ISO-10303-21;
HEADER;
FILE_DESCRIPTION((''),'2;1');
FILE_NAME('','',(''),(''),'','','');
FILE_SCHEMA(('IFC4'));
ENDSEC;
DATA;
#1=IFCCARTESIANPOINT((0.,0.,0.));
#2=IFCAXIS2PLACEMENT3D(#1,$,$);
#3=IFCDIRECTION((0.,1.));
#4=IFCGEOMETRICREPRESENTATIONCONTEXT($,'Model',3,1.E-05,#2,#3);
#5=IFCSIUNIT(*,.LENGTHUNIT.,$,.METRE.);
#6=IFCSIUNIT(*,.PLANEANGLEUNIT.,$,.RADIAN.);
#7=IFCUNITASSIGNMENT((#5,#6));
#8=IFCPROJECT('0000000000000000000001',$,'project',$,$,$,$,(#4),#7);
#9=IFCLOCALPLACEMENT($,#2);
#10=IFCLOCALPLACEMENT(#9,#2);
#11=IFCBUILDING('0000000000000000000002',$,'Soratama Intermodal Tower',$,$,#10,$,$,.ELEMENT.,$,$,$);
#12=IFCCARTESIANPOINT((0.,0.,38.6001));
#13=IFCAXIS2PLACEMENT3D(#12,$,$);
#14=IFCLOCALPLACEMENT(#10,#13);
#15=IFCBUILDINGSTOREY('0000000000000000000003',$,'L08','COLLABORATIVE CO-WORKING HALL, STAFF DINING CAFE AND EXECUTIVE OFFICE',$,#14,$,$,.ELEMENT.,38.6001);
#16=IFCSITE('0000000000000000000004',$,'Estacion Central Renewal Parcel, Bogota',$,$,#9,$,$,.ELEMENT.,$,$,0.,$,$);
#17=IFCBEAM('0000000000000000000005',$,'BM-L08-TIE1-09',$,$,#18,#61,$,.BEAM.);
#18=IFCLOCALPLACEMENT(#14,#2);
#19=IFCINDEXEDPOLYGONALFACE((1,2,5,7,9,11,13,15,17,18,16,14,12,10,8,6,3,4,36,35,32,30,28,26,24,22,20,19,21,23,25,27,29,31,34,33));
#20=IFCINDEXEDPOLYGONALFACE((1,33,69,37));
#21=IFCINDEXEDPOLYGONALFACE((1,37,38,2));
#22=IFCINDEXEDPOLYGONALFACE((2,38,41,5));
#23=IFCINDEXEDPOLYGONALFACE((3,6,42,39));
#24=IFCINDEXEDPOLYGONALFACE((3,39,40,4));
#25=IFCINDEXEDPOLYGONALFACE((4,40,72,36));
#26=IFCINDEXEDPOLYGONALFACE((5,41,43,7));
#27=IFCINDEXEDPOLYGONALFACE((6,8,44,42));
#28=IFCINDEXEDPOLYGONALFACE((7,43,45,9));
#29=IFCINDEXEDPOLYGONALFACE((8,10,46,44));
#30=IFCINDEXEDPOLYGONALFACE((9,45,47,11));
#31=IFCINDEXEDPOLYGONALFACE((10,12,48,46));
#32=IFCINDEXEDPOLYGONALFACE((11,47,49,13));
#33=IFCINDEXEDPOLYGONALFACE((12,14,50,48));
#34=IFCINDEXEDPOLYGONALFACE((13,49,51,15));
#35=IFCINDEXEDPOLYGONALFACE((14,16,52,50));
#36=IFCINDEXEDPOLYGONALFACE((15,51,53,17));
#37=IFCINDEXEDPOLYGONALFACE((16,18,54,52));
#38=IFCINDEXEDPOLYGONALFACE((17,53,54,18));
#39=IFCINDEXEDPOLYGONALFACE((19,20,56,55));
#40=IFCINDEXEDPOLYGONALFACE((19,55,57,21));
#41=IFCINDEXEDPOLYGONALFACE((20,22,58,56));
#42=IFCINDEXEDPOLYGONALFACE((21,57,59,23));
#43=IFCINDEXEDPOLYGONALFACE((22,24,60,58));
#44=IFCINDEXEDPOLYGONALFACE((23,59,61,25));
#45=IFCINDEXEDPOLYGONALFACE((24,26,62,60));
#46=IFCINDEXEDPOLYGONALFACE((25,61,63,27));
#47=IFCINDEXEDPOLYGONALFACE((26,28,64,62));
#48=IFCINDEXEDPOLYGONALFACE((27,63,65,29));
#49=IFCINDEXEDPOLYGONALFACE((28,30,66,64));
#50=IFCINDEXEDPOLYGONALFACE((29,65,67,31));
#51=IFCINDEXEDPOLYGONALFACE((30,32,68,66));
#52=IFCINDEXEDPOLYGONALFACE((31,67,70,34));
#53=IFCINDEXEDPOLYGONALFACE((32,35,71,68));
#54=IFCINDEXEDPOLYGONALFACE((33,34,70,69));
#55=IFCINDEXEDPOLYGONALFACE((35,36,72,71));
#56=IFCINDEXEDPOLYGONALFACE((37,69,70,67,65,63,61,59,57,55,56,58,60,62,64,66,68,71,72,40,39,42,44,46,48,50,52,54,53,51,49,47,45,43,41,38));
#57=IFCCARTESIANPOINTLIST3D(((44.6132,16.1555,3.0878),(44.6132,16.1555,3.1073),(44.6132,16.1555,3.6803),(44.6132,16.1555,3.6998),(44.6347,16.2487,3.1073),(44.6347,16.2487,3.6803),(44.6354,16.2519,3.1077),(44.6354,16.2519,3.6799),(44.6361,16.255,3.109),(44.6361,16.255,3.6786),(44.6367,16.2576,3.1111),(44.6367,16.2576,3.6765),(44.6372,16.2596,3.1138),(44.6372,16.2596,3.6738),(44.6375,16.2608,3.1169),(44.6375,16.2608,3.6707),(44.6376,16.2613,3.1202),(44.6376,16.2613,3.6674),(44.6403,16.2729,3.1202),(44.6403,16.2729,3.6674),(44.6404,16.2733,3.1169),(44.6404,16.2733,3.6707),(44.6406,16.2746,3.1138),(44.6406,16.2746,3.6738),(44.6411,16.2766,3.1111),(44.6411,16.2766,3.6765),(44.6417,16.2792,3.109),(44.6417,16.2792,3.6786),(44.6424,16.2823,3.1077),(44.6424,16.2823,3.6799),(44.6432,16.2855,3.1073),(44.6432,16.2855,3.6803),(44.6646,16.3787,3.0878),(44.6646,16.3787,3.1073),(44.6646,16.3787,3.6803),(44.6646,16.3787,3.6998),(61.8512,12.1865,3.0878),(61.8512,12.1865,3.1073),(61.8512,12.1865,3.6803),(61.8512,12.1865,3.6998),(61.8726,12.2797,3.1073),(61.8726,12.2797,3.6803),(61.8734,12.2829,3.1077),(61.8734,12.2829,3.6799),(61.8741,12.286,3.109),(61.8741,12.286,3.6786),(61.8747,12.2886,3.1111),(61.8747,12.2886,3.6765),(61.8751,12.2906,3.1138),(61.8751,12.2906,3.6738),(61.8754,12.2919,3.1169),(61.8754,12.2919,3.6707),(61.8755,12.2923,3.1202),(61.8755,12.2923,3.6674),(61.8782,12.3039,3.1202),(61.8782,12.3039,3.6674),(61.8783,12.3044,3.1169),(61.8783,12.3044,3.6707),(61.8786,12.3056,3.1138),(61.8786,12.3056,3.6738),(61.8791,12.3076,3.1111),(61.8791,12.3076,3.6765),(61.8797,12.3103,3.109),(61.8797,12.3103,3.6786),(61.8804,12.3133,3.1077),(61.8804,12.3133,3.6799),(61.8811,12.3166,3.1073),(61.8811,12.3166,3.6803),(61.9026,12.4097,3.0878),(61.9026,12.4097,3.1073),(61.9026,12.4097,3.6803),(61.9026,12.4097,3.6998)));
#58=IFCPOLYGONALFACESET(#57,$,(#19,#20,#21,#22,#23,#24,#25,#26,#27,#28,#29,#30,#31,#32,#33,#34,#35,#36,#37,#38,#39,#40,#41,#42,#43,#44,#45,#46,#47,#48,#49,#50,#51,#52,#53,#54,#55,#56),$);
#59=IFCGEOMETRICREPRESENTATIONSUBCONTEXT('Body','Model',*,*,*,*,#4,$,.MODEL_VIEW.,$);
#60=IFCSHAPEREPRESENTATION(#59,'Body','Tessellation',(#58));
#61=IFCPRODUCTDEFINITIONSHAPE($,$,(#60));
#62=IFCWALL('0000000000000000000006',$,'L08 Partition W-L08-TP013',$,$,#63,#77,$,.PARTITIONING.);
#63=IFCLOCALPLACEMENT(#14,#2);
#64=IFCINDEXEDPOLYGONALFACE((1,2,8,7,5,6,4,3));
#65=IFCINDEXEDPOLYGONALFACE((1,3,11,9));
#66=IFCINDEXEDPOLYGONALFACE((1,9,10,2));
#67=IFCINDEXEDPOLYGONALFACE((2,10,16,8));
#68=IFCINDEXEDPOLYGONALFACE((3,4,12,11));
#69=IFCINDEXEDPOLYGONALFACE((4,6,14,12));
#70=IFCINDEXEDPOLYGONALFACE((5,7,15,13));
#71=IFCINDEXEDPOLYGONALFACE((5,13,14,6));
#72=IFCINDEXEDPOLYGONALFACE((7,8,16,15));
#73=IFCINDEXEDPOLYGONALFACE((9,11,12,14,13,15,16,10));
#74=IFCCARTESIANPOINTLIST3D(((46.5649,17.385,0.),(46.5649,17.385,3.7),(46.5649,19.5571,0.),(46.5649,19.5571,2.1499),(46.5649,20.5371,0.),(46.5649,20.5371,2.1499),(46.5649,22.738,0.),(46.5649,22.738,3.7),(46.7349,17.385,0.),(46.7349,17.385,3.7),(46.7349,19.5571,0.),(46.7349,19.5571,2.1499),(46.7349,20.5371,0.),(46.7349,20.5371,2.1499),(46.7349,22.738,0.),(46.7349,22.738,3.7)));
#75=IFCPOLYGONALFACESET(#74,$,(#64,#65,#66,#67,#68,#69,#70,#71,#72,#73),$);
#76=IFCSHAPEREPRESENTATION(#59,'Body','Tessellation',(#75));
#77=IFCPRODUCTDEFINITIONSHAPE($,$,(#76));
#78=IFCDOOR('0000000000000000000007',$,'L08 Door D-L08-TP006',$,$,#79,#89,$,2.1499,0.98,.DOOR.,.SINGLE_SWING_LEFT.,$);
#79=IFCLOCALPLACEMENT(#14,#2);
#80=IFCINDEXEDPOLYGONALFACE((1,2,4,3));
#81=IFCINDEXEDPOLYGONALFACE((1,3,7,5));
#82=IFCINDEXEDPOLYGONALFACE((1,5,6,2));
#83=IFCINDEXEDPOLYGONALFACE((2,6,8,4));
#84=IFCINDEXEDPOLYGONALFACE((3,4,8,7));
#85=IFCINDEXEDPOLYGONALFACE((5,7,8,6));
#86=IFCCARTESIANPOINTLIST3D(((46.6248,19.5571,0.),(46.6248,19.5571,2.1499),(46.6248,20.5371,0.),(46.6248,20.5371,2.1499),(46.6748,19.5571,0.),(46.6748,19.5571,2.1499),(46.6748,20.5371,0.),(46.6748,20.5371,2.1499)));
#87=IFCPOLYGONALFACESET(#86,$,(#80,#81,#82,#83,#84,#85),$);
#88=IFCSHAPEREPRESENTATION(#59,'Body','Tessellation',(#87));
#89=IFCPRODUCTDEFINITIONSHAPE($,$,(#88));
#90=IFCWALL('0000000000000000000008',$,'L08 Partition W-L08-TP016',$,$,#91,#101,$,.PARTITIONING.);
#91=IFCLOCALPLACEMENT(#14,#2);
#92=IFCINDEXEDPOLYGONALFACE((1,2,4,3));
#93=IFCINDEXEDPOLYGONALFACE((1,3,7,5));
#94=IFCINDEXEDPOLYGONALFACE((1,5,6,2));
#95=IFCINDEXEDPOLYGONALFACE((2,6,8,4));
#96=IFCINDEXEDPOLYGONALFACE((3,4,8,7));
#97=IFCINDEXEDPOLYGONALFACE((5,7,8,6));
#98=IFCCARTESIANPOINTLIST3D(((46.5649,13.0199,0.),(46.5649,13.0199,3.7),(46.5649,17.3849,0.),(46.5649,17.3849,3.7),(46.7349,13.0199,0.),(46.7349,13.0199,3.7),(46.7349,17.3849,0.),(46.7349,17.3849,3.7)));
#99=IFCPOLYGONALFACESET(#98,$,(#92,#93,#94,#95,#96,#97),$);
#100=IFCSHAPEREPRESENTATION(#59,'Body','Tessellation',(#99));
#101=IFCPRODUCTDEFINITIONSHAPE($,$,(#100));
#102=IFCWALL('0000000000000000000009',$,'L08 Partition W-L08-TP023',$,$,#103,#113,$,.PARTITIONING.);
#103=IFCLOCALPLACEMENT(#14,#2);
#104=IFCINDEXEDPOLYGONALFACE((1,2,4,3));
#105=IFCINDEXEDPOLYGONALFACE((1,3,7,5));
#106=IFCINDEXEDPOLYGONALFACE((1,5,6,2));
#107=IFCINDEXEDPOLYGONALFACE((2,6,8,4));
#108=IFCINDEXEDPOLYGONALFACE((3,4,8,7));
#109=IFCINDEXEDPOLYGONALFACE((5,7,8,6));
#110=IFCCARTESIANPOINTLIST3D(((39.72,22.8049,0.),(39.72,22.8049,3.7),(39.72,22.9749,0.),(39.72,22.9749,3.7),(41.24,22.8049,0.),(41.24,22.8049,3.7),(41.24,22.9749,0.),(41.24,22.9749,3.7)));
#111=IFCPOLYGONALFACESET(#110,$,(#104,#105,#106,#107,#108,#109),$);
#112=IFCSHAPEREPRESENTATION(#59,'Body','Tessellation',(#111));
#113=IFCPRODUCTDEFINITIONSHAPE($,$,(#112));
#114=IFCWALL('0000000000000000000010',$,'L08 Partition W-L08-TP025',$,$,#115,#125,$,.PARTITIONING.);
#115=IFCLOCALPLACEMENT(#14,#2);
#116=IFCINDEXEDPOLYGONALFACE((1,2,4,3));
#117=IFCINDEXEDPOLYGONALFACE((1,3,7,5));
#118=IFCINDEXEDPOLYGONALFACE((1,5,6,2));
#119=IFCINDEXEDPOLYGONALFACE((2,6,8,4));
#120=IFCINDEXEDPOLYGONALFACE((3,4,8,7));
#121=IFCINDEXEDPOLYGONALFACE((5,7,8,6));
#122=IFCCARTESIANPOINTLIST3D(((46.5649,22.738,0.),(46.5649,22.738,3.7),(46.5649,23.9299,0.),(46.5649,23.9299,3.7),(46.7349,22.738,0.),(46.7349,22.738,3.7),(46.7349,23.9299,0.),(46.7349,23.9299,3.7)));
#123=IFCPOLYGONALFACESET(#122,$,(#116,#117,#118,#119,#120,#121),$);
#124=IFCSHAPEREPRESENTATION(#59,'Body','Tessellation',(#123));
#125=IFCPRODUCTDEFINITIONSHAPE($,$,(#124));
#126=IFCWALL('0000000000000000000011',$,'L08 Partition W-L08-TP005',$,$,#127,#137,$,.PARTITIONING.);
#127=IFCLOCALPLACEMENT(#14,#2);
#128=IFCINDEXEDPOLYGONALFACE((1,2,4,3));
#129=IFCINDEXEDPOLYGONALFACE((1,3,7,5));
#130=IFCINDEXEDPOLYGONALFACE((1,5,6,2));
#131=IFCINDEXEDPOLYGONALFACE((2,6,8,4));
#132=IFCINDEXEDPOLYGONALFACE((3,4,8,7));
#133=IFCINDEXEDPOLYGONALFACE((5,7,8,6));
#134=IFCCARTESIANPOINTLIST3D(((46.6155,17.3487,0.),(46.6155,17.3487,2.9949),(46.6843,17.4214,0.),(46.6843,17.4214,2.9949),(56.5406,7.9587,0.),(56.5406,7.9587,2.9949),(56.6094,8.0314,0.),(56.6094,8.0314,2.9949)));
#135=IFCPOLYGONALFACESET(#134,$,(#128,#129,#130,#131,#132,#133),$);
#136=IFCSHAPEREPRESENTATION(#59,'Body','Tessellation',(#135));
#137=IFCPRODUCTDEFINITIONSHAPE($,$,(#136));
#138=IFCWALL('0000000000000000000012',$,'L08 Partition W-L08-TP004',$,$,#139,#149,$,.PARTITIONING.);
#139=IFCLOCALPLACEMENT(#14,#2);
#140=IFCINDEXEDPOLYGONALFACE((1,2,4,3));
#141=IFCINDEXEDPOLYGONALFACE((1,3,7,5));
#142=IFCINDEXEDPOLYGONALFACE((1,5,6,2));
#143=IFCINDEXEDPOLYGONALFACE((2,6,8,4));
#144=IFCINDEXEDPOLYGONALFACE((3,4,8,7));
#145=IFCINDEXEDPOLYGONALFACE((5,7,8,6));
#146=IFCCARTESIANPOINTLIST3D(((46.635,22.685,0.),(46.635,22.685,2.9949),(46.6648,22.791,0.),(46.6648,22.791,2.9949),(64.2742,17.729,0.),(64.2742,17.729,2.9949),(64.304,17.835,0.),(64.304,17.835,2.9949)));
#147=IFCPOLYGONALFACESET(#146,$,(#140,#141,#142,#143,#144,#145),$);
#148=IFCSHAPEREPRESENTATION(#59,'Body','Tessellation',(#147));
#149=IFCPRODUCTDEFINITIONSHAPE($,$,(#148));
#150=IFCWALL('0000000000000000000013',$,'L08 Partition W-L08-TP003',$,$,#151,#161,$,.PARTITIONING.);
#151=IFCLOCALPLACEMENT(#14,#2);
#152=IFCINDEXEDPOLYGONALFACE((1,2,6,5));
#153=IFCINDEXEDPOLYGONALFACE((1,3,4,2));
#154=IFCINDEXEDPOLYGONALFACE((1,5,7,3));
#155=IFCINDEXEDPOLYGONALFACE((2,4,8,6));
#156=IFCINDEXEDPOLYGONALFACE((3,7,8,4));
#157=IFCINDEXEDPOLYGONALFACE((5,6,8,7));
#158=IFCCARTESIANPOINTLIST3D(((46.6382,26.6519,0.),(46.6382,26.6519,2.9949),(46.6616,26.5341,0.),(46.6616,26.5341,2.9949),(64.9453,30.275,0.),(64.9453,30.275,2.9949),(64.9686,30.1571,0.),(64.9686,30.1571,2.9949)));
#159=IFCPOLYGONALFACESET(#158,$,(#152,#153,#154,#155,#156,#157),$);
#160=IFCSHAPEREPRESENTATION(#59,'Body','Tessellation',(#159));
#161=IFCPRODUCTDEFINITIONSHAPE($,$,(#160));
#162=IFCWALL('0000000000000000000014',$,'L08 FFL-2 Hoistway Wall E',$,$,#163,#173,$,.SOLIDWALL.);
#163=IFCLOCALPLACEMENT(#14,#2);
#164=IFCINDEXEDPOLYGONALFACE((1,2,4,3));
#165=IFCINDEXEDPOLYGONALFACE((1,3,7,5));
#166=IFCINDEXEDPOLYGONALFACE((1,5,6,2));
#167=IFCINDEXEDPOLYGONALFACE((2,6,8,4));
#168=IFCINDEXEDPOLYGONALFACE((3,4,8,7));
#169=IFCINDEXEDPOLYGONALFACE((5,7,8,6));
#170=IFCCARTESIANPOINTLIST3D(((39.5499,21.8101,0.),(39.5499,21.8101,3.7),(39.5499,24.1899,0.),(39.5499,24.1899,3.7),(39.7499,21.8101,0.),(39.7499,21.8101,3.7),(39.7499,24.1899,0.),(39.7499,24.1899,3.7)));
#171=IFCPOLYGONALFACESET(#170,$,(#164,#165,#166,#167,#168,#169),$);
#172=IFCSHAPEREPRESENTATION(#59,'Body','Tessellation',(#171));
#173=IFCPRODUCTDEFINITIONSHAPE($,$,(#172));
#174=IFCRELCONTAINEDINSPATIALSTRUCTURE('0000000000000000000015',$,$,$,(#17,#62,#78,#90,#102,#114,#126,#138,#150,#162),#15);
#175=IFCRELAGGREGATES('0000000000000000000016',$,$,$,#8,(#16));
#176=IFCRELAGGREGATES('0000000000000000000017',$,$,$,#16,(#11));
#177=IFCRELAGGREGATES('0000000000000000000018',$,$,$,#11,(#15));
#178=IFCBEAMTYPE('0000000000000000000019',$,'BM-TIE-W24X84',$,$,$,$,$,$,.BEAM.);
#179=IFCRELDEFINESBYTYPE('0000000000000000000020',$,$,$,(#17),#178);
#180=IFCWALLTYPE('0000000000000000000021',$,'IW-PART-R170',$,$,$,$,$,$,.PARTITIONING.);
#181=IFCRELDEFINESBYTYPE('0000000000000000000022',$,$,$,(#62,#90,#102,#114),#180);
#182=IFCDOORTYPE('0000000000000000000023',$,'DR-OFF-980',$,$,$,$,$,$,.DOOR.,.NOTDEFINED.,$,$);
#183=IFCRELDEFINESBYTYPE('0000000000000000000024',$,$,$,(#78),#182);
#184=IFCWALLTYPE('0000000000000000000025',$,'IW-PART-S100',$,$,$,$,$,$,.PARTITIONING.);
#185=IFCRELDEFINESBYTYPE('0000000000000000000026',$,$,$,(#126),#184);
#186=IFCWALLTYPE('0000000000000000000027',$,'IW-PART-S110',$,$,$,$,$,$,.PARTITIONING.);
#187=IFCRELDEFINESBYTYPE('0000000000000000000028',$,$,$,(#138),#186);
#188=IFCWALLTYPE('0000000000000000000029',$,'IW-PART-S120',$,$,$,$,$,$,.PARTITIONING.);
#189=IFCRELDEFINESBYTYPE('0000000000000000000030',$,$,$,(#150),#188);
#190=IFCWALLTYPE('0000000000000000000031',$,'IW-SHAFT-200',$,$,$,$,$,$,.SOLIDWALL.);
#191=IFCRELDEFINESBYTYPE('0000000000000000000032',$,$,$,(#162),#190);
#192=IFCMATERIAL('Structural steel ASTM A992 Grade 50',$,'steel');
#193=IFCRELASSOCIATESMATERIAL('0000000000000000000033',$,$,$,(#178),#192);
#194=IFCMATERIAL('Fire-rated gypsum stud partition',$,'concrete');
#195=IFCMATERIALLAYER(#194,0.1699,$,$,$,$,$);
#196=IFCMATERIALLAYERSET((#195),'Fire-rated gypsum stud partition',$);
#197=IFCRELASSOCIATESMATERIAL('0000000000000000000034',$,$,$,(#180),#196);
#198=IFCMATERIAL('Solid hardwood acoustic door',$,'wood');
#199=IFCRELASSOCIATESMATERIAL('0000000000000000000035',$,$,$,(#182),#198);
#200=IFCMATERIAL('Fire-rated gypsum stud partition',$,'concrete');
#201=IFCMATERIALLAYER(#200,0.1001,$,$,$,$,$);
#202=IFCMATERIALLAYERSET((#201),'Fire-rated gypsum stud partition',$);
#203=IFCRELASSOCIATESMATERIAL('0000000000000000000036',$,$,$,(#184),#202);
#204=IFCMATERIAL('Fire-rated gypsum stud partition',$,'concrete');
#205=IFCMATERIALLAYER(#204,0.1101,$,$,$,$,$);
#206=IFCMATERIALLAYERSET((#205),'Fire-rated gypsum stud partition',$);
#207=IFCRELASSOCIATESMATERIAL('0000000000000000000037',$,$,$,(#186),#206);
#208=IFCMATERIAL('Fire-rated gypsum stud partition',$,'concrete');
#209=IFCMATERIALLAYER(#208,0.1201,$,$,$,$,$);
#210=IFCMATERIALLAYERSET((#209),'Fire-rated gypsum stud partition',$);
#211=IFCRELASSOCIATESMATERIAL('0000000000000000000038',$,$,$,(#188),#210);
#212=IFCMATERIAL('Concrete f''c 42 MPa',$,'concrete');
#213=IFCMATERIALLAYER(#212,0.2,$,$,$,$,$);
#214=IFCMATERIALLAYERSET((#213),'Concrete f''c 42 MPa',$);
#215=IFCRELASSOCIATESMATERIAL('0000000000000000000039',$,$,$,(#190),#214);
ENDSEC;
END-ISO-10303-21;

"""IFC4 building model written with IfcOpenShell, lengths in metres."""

from ifc_helpers import new_model, si_unit, direction, frame, frame_2d, origin, origin_2d, place, context, subcontext, project, spatial, rectangle, i_section, extrude, material, layer, layer_set, material_profile, profile_set, type_object, element, fill, save


model = new_model("IFC4")

# Units and contexts
model_context = context("Model", 3, precision=1e-05, world=origin(), true_north=direction((0.0, 1.0)))
body_context = subcontext(model_context, "Body", "Model", "MODEL_VIEW")
ifc_project = project(units=[si_unit("LENGTHUNIT", "METRE"), si_unit("PLANEANGLEUNIT", "RADIAN")], contexts=[model_context])

# Site, building, storey
site_placement = place(None, origin())
site = spatial("IfcSite", under=ifc_project, at=site_placement, Name="Estacion Central Renewal Parcel, Bogota", CompositionType="ELEMENT", RefElevation=0.0)
building_placement = place(site_placement, origin())
building = spatial("IfcBuilding", under=site, at=building_placement, Name="Soratama Intermodal Tower", CompositionType="ELEMENT")
storey_placement = place(building_placement, frame((0.0, 0.0, 38.6001)))
storey = spatial("IfcBuildingStorey", under=building, at=storey_placement, Name="L08", Description="COLLABORATIVE CO-WORKING HALL, STAFF DINING CAFE AND EXECUTIVE OFFICE", CompositionType="ELEMENT", Elevation=38.6001)

# Beam
ifc_material_1 = material(Name="Structural steel ASTM A992 Grade 50", Category="steel")
ifc_material_profile_1 = material_profile(ifc_material_1, i_section(OverallWidth=0.229, OverallDepth=0.6121, WebThickness=0.012, FlangeThickness=0.0195, FilletRadius=0.0129, at=origin_2d()), Name="W24X84")
ifc_profile_set_1 = profile_set([ifc_material_profile_1], Name="Structural steel ASTM A992 Grade 50")
beam_type_1 = type_object("IfcBeamType", Name="BM-TIE-W24X84", PredefinedType="BEAM", material=ifc_profile_set_1)
beam_1_placement = place(storey_placement, frame((44.6389, 16.2671, 3.3938), z_axis=(0.974503, -0.224376, 0.0), x_axis=(0.224376, 0.974503, 0.0)))
element("IfcBeam", 1, at=beam_1_placement, inside=storey, type_object=beam_type_1, Name="BM-L08-TIE1-09", PredefinedType="BEAM", context=body_context, shape_type="SweptSolid", body=[
    extrude(i_section(OverallWidth=0.229, OverallDepth=0.6121, WebThickness=0.012, FlangeThickness=0.0195, FilletRadius=0.0129, at=origin_2d()), origin(), (0.0, 0.0, 1.0), 17.689),
])

# Wall, opening, door
ifc_material_2 = material(Name="Fire-rated gypsum stud partition", Category="concrete")
ifc_layer_1 = layer(ifc_material_2, 0.1699)
ifc_layer_set_1 = layer_set([ifc_layer_1], Name="Fire-rated gypsum stud partition")
wall_type_1 = type_object("IfcWallType", Name="IW-PART-R170", PredefinedType="PARTITIONING", material=ifc_layer_set_1)
wall_1_placement = place(storey_placement, frame((46.6499, 22.738, 0.0), z_axis=(0.0, 0.0, 1.0), x_axis=(0.0, -1.0, 0.0)))
wall_1 = element("IfcWall", 2, at=wall_1_placement, inside=storey, type_object=wall_type_1, Name="L08 Partition W-L08-TP013", PredefinedType="PARTITIONING", context=body_context, shape_type="SweptSolid", body=[
    extrude(rectangle(XDim=5.353, YDim=0.1699, at=frame_2d((2.6765, 0.0))), origin(), (0.0, 0.0, 1.0), 3.7),
])
opening_1_placement = place(wall_1_placement, frame((2.2009, 0.0, 0.0)))
opening_1 = element("IfcOpeningElement", 3, at=opening_1_placement, cuts=wall_1, PredefinedType="OPENING", context=body_context, shape_type="SweptSolid", body=[
    extrude(rectangle(XDim=0.98, YDim=2.1499, at=frame_2d((0.49, 1.075))), frame((0.0, 0.095, 0.0), z_axis=(0.0, -1.0, 0.0), x_axis=(1.0, 0.0, 0.0)), (0.0, 0.0, 1.0), 0.1899),
])
ifc_material_3 = material(Name="Solid hardwood acoustic door", Category="wood")
door_type_1 = type_object("IfcDoorType", Name="DR-OFF-980", OperationType="NOTDEFINED", PredefinedType="DOOR", material=ifc_material_3)
door_1_placement = place(opening_1_placement, origin())
door_1 = element("IfcDoor", 4, at=door_1_placement, inside=storey, type_object=door_type_1, Name="L08 Door D-L08-TP006", OperationType="SINGLE_SWING_LEFT", OverallHeight=2.1499, OverallWidth=0.98, PredefinedType="DOOR", context=body_context, shape_type="SweptSolid", body=[
    extrude(rectangle(XDim=0.98, YDim=2.1499, at=frame_2d((0.49, 1.075))), frame((0.0, 0.0249, 0.0), z_axis=(0.0, -1.0, 0.0), x_axis=(1.0, 0.0, 0.0)), (0.0, 0.0, 1.0), 0.05),
])
fill(opening_1, door_1)

# Wall
wall_2_placement = place(storey_placement, frame((46.6499, 17.385, 0.0), z_axis=(0.0, 0.0, 1.0), x_axis=(0.0, -1.0, 0.0)))
element("IfcWall", 5, at=wall_2_placement, inside=storey, type_object=wall_type_1, Name="L08 Partition W-L08-TP016", PredefinedType="PARTITIONING", context=body_context, shape_type="SweptSolid", body=[
    extrude(rectangle(XDim=4.365, YDim=0.1699, at=frame_2d((2.1826, 0.0))), origin(), (0.0, 0.0, 1.0), 3.7),
])

# Walls
wall_3_placement = place(storey_placement, frame((39.72, 22.8899, 0.0), z_axis=(0.0, 0.0, 1.0), x_axis=(1.0, 0.0, 0.0)))
element("IfcWall", 6, at=wall_3_placement, inside=storey, type_object=wall_type_1, Name="L08 Partition W-L08-TP023", PredefinedType="PARTITIONING", context=body_context, shape_type="SweptSolid", body=[
    extrude(rectangle(XDim=1.52, YDim=0.1699, at=frame_2d((0.76, 0.0))), origin(), (0.0, 0.0, 1.0), 3.7),
])
wall_4_placement = place(storey_placement, frame((46.6499, 23.9299, 0.0), z_axis=(0.0, 0.0, 1.0), x_axis=(0.0, -1.0, 0.0)))
element("IfcWall", 7, at=wall_4_placement, inside=storey, type_object=wall_type_1, Name="L08 Partition W-L08-TP025", PredefinedType="PARTITIONING", context=body_context, shape_type="SweptSolid", body=[
    extrude(rectangle(XDim=1.1919, YDim=0.1699, at=frame_2d((0.5959, 0.0))), origin(), (0.0, 0.0, 1.0), 3.7),
])
ifc_material_4 = material(Name="Fire-rated gypsum stud partition", Category="concrete")
ifc_layer_2 = layer(ifc_material_4, 0.1001)
ifc_layer_set_2 = layer_set([ifc_layer_2], Name="Fire-rated gypsum stud partition")
wall_type_2 = type_object("IfcWallType", Name="IW-PART-S100", PredefinedType="PARTITIONING", material=ifc_layer_set_2)
wall_5_placement = place(storey_placement, frame((46.6499, 17.385, 0.0), z_axis=(0.0, 0.0, 1.0), x_axis=(0.72642, -0.687251, 0.0)))
element("IfcWall", 8, at=wall_5_placement, inside=storey, type_object=wall_type_2, Name="L08 Partition W-L08-TP005", PredefinedType="PARTITIONING", context=body_context, shape_type="SweptSolid", body=[
    extrude(rectangle(XDim=13.6631, YDim=0.1001, at=frame_2d((6.8315, 0.0))), origin(), (0.0, 0.0, 1.0), 2.9949),
])
ifc_material_5 = material(Name="Fire-rated gypsum stud partition", Category="concrete")
ifc_layer_3 = layer(ifc_material_5, 0.1101)
ifc_layer_set_3 = layer_set([ifc_layer_3], Name="Fire-rated gypsum stud partition")
wall_type_3 = type_object("IfcWallType", Name="IW-PART-S110", PredefinedType="PARTITIONING", material=ifc_layer_set_3)
wall_6_placement = place(storey_placement, frame((46.6499, 22.738, 0.0), z_axis=(0.0, 0.0, 1.0), x_axis=(0.962721, -0.270495, 0.0)))
element("IfcWall", 9, at=wall_6_placement, inside=storey, type_object=wall_type_3, Name="L08 Partition W-L08-TP004", PredefinedType="PARTITIONING", context=body_context, shape_type="SweptSolid", body=[
    extrude(rectangle(XDim=18.3223, YDim=0.1101, at=frame_2d((9.1611, 0.0))), origin(), (0.0, 0.0, 1.0), 2.9949),
])
ifc_material_6 = material(Name="Fire-rated gypsum stud partition", Category="concrete")
ifc_layer_4 = layer(ifc_material_6, 0.1201)
ifc_layer_set_4 = layer_set([ifc_layer_4], Name="Fire-rated gypsum stud partition")
wall_type_4 = type_object("IfcWallType", Name="IW-PART-S120", PredefinedType="PARTITIONING", material=ifc_layer_set_4)
wall_7_placement = place(storey_placement, frame((46.6499, 26.593, 0.0), z_axis=(0.0, 0.0, 1.0), x_axis=(0.980974, 0.194138, 0.0)))
element("IfcWall", 10, at=wall_7_placement, inside=storey, type_object=wall_type_4, Name="L08 Partition W-L08-TP003", PredefinedType="PARTITIONING", context=body_context, shape_type="SweptSolid", body=[
    extrude(rectangle(XDim=18.6621, YDim=0.1201, at=frame_2d((9.3311, 0.0))), origin(), (0.0, 0.0, 1.0), 2.9949),
])
ifc_material_7 = material(Name="Concrete f'c 42 MPa", Category="concrete")
ifc_layer_5 = layer(ifc_material_7, 0.2)
ifc_layer_set_5 = layer_set([ifc_layer_5], Name="Concrete f'c 42 MPa")
wall_type_5 = type_object("IfcWallType", Name="IW-SHAFT-200", PredefinedType="SOLIDWALL", material=ifc_layer_set_5)
wall_8_placement = place(storey_placement, frame((39.6499, 21.8101, 0.0), z_axis=(0.0, 0.0, 1.0), x_axis=(0.0, 1.0, 0.0)))
element("IfcWall", 11, at=wall_8_placement, inside=storey, type_object=wall_type_5, Name="L08 FFL-2 Hoistway Wall E", PredefinedType="SOLIDWALL", context=body_context, shape_type="SweptSolid", body=[
    extrude(rectangle(XDim=2.3799, YDim=0.2, at=frame_2d((1.1899, 0.0))), origin(), (0.0, 0.0, 1.0), 3.7),
])

save(model, "model.ifc")
